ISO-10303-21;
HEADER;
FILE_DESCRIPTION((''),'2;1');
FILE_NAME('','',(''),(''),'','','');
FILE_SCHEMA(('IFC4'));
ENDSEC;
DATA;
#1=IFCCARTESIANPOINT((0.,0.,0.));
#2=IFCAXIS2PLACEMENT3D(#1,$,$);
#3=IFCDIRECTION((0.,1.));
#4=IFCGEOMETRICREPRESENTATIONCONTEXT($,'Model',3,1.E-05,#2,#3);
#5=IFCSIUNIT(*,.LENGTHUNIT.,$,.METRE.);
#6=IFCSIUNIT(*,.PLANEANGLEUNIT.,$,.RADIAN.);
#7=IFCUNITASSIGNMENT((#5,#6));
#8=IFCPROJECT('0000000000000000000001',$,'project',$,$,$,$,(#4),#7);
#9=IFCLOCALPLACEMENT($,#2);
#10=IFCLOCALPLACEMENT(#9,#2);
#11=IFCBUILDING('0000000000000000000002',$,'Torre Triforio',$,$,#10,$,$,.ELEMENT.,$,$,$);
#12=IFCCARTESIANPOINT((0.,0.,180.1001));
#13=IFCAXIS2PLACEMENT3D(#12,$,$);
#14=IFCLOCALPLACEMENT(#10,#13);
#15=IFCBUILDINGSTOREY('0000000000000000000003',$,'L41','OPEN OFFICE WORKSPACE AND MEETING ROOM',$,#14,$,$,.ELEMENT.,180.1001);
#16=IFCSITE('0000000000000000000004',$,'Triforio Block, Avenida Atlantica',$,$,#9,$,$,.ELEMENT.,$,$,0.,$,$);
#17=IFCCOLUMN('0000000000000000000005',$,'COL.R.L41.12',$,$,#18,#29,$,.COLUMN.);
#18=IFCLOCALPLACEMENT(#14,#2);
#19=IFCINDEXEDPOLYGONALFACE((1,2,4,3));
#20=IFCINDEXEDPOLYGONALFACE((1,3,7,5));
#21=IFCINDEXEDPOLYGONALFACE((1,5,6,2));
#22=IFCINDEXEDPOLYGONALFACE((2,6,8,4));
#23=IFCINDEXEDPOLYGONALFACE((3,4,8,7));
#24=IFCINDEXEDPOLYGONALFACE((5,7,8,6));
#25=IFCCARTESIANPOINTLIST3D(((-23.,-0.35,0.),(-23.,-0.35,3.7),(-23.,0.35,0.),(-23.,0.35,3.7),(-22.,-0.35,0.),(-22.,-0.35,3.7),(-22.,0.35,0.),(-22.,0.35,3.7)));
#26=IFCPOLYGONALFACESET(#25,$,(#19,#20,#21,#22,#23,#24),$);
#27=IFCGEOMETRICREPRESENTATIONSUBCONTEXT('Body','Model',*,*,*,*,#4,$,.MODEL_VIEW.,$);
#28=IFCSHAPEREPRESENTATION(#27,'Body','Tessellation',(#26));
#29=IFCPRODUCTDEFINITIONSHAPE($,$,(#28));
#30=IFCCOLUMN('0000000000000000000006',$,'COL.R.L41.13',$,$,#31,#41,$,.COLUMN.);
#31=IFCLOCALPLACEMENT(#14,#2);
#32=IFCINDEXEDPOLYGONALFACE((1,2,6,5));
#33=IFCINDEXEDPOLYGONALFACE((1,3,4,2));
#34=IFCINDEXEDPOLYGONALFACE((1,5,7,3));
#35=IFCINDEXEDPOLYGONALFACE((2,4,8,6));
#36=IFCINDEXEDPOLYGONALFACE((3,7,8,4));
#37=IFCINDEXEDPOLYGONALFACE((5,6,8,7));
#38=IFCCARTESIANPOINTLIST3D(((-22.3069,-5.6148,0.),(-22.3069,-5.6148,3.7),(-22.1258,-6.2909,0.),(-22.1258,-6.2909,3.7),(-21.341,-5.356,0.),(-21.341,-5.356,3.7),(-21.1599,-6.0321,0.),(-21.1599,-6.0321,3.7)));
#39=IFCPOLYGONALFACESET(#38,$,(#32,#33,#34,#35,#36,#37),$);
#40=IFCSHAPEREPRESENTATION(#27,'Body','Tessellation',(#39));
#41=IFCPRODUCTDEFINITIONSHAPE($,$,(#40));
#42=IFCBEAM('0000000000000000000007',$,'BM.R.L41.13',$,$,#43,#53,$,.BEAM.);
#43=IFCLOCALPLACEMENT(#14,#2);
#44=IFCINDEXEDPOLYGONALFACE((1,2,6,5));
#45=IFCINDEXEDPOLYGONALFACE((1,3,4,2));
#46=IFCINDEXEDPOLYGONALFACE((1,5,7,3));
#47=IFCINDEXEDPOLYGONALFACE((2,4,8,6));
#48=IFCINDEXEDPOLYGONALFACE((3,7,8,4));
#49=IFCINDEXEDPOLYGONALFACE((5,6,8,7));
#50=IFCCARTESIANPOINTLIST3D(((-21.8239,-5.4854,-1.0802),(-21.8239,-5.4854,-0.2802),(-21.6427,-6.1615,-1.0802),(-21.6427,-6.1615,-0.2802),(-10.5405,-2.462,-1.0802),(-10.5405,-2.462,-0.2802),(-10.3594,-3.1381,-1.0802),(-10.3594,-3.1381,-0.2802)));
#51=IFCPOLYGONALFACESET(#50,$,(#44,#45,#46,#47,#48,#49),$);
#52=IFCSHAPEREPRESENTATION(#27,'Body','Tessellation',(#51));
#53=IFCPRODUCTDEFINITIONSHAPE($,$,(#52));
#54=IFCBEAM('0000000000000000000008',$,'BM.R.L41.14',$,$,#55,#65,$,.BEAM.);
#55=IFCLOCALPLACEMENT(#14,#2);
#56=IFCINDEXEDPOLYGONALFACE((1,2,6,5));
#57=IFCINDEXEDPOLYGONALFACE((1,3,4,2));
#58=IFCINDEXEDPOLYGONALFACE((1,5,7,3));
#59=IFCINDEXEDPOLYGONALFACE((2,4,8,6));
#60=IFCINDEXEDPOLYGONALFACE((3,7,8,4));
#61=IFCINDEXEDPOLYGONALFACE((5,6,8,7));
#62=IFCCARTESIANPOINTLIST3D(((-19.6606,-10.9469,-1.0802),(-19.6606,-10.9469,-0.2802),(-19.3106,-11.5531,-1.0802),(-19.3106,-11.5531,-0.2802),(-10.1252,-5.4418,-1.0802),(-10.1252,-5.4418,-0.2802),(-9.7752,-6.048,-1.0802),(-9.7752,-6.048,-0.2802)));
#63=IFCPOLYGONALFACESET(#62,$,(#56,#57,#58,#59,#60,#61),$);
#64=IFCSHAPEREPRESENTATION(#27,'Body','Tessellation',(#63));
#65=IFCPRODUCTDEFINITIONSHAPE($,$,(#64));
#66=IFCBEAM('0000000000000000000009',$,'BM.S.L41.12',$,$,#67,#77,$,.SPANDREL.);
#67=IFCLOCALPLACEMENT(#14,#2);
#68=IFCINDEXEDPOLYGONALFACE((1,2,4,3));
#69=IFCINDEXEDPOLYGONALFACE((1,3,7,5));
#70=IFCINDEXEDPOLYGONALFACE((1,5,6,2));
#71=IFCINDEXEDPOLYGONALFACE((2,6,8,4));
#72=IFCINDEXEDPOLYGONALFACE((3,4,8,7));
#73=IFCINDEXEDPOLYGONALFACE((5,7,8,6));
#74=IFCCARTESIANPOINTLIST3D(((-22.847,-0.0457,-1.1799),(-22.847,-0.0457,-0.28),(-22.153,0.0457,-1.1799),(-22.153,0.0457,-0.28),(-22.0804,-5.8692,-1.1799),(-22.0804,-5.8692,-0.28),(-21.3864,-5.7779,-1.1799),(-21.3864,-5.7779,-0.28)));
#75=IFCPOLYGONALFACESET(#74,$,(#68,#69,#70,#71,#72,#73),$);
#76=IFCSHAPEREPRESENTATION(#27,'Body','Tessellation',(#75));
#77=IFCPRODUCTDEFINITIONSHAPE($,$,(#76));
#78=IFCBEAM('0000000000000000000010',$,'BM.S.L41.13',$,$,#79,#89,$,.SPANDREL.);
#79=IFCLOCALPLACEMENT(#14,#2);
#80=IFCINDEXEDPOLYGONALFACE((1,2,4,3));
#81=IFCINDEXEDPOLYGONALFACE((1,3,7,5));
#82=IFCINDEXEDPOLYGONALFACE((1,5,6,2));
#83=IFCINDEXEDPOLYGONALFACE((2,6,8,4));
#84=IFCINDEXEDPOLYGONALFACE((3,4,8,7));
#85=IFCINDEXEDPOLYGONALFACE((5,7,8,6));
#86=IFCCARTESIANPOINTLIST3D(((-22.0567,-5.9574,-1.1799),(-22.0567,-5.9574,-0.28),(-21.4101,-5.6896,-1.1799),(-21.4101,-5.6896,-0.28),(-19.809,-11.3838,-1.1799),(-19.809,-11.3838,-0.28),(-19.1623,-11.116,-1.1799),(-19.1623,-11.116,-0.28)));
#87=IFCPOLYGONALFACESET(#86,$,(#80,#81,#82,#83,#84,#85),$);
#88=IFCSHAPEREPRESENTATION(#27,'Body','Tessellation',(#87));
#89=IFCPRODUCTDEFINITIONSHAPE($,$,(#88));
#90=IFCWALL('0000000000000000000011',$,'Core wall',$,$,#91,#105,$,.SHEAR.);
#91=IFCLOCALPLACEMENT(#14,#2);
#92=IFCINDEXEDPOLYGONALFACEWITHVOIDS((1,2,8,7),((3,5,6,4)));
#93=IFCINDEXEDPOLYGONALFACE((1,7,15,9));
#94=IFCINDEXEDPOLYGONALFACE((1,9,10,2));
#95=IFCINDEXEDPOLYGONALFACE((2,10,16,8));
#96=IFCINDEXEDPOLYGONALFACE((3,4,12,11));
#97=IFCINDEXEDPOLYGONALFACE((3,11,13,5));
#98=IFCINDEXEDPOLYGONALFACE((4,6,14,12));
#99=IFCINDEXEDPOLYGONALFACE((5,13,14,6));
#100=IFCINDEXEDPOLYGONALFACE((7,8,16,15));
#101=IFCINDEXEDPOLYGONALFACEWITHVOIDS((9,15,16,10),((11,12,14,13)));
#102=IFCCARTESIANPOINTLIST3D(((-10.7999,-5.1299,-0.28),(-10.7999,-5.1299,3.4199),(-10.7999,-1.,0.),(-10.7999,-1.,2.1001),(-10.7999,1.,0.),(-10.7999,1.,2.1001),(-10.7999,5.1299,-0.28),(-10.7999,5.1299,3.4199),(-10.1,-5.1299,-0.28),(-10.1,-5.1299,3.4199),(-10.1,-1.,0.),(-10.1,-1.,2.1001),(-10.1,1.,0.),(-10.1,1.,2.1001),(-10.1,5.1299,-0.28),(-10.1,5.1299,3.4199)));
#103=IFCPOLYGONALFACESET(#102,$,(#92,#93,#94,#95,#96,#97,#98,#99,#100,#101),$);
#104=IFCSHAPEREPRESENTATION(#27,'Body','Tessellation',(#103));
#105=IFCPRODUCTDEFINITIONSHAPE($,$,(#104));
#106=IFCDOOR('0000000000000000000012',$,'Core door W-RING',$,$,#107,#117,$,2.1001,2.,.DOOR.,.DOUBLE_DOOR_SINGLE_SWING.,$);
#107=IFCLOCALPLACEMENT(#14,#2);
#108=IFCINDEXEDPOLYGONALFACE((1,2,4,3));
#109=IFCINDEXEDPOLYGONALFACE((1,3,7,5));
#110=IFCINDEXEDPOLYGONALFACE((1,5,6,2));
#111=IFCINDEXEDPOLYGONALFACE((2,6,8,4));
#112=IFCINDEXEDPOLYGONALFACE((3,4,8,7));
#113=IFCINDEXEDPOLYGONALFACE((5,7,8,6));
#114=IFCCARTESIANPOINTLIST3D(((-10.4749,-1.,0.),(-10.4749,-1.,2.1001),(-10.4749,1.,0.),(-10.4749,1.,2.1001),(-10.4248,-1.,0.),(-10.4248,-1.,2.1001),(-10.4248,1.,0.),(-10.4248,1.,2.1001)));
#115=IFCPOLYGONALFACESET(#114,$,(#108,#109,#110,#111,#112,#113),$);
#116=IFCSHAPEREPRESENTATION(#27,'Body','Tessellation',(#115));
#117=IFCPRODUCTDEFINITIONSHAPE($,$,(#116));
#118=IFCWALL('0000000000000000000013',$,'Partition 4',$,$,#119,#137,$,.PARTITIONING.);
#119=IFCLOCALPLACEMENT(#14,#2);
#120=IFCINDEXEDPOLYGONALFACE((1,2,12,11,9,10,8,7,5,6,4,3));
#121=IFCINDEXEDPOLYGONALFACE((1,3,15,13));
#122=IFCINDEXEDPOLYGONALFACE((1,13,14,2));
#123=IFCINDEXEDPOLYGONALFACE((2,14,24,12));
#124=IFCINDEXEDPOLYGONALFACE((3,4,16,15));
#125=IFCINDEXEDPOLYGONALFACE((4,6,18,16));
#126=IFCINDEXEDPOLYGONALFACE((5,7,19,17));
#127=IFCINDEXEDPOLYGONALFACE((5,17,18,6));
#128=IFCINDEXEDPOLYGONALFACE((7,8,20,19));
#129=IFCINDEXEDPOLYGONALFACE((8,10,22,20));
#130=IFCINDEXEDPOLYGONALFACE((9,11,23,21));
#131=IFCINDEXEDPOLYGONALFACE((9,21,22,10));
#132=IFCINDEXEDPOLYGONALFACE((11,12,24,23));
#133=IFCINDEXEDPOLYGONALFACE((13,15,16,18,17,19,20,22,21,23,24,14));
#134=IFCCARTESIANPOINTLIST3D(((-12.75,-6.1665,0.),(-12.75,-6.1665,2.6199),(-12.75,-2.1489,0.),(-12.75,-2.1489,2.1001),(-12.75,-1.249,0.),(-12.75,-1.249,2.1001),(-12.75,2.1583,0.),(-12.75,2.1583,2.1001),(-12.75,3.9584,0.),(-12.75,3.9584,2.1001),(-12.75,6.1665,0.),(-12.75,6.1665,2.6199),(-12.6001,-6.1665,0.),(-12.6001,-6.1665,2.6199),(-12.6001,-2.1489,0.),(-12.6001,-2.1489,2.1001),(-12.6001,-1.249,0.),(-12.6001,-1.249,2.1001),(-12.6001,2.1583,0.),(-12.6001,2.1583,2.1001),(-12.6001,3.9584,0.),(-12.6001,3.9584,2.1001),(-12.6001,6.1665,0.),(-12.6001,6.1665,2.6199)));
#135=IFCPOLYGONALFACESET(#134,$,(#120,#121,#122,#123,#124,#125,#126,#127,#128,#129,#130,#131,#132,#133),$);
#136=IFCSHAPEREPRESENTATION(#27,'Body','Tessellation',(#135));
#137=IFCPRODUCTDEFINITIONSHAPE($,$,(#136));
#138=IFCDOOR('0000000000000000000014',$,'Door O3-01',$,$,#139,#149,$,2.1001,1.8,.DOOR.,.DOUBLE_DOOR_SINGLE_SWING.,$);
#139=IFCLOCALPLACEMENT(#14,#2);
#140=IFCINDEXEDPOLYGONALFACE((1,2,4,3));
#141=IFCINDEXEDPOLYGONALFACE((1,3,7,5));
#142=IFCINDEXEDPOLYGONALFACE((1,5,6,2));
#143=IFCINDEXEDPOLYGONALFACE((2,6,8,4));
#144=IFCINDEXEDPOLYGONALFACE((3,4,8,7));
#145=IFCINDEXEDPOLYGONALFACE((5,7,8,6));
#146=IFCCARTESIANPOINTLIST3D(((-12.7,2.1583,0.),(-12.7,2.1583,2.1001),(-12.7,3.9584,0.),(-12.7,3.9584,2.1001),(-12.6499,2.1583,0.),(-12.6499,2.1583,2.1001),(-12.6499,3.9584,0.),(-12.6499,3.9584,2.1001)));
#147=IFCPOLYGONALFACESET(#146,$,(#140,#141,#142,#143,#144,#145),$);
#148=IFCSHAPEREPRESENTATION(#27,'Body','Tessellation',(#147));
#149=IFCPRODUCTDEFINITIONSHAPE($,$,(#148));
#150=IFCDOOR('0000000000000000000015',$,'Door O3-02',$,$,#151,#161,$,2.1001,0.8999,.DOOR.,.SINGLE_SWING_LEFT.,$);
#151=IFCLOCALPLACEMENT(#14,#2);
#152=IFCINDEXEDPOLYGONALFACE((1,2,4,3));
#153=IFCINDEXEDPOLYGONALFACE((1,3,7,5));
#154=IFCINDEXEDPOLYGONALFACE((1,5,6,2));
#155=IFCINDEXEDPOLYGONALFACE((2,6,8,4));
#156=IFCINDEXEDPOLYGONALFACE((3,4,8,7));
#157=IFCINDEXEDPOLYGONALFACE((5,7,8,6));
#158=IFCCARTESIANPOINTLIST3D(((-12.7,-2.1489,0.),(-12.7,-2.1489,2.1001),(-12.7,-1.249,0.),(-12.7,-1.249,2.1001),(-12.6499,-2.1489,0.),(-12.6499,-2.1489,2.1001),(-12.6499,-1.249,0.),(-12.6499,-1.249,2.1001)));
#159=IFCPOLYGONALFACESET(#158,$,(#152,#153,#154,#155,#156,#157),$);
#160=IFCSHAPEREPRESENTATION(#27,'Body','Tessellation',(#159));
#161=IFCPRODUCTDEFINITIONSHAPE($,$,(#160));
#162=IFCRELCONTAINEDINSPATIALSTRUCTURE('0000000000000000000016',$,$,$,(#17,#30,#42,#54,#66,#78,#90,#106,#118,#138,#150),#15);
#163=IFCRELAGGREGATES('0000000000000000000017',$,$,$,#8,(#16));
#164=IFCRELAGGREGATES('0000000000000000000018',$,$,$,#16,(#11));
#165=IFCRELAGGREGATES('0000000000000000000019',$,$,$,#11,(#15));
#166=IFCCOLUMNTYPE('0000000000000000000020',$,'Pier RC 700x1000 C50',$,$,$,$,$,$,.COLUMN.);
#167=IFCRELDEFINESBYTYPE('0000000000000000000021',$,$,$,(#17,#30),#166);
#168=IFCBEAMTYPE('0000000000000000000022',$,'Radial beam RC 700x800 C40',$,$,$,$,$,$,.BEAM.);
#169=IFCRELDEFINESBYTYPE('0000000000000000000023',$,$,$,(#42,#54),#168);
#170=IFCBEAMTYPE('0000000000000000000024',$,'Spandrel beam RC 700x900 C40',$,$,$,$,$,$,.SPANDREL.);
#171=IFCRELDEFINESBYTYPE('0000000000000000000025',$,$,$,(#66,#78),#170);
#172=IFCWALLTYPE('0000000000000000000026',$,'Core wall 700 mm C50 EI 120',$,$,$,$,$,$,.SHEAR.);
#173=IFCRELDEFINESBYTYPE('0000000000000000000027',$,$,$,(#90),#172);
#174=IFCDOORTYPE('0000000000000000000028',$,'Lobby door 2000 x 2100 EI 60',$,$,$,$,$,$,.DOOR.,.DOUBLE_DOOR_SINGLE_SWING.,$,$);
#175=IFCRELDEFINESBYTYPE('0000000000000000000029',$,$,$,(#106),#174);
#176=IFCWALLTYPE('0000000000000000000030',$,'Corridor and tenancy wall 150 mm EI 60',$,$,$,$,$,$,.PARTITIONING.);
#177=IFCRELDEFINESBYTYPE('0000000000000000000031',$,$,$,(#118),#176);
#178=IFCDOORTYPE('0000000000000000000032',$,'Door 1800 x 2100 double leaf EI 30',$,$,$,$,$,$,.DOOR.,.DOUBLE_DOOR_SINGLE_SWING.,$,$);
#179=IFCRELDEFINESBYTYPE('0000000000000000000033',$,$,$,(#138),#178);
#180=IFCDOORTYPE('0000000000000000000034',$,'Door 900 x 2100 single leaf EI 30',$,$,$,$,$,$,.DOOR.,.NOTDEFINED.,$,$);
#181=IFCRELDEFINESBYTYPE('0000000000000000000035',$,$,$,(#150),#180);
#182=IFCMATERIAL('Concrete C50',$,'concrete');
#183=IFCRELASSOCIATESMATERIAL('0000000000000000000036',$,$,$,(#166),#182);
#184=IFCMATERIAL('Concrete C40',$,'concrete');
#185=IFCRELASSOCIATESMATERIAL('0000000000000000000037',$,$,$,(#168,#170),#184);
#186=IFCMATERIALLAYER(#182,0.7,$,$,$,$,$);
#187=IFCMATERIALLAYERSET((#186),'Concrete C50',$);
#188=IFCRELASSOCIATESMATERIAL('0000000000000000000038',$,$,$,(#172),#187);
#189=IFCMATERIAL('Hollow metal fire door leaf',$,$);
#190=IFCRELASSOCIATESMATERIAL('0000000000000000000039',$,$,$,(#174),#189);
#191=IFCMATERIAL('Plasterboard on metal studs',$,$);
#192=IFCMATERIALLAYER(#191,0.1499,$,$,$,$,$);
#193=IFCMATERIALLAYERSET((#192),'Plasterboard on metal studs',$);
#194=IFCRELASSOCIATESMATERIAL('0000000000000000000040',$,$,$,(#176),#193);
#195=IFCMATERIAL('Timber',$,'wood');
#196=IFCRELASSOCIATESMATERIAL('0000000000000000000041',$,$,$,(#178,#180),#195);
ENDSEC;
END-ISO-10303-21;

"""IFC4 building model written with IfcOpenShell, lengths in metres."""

from ifc_helpers import new_model, si_unit, direction, frame, frame_2d, origin, origin_2d, place, context, subcontext, project, spatial, rectangle, extrude, material, layer, layer_set, material_profile, profile_set, type_object, element, fill, save


model = new_model("IFC4")

# Units and contexts
model_context = context("Model", 3, precision=1e-05, world=origin(), true_north=direction((0.0, 1.0)))
body_context = subcontext(model_context, "Body", "Model", "MODEL_VIEW")
ifc_project = project(units=[si_unit("LENGTHUNIT", "METRE"), si_unit("PLANEANGLEUNIT", "RADIAN")], contexts=[model_context])

# Site, building, storey
site_placement = place(None, origin())
site = spatial("IfcSite", under=ifc_project, at=site_placement, Name="Triforio Block, Avenida Atlantica", CompositionType="ELEMENT", RefElevation=0.0)
building_placement = place(site_placement, origin())
building = spatial("IfcBuilding", under=site, at=building_placement, Name="Torre Triforio", CompositionType="ELEMENT")
storey_placement = place(building_placement, frame((0.0, 0.0, 180.1001)))
storey = spatial("IfcBuildingStorey", under=building, at=storey_placement, Name="L41", Description="OPEN OFFICE WORKSPACE AND MEETING ROOM", CompositionType="ELEMENT", Elevation=180.1001)

# Columns
ifc_material_1 = material(Name="Concrete C50", Category="concrete")
ifc_material_profile_1 = material_profile(ifc_material_1, rectangle(XDim=0.7, YDim=1.0, at=origin_2d()), Name="RC 700x1000")
ifc_profile_set_1 = profile_set([ifc_material_profile_1], Name="Concrete C50")
column_type = type_object("IfcColumnType", Name="Pier RC 700x1000 C50", PredefinedType="COLUMN", material=ifc_profile_set_1)
for number, where, z_axis, x_axis, name in (
    (1, (-22.5, 0.0, 0.0), (0.0, 0.0, 1.0), (0.0, -1.0, 0.0), "COL.R.L41.12"),
    (2, (-21.7334, -5.8235, 0.0), (0.0, 0.0, 1.0), (0.258819, -0.965926, 0.0), "COL.R.L41.13"),
):
    element("IfcColumn", number, at=place(storey_placement, frame(where, z_axis=z_axis, x_axis=x_axis)), inside=storey, type_object=column_type, Name=name, PredefinedType="COLUMN", context=body_context, shape_type="SweptSolid", body=[
        extrude(rectangle(XDim=0.7, YDim=1.0, at=origin_2d()), origin(), (0.0, 0.0, 1.0), 3.7),
    ])

# Beams
ifc_material_2 = material(Name="Concrete C40", Category="concrete")
ifc_material_profile_2 = material_profile(ifc_material_2, rectangle(XDim=0.7, YDim=0.8, at=origin_2d()), Name="RC 700x800")
ifc_profile_set_2 = profile_set([ifc_material_profile_2], Name="Concrete C40")
beam_type_1 = type_object("IfcBeamType", Name="Radial beam RC 700x800 C40", PredefinedType="BEAM", material=ifc_profile_set_2)
beam_1_placement = place(storey_placement, frame((-10.45, -2.8, -0.6802), z_axis=(-0.965925, -0.258823, 0.0), x_axis=(0.258823, -0.965925, 0.0)))
element("IfcBeam", 3, at=beam_1_placement, inside=storey, type_object=beam_type_1, Name="BM.R.L41.13", PredefinedType="BEAM", context=body_context, shape_type="SweptSolid", body=[
    extrude(rectangle(XDim=0.7, YDim=0.8, at=origin_2d()), origin(), (0.0, 0.0, 1.0), 11.6814),
])
beam_2_placement = place(storey_placement, frame((-9.9502, -5.7449, -0.6802), z_axis=(-0.866031, -0.499991, 0.0), x_axis=(0.499991, -0.866031, 0.0)))
element("IfcBeam", 4, at=beam_2_placement, inside=storey, type_object=beam_type_1, Name="BM.R.L41.14", PredefinedType="BEAM", context=body_context, shape_type="SweptSolid", body=[
    extrude(rectangle(XDim=0.7, YDim=0.8, at=origin_2d()), origin(), (0.0, 0.0, 1.0), 11.0105),
])
ifc_material_profile_3 = material_profile(ifc_material_2, rectangle(XDim=0.7, YDim=0.8999, at=origin_2d()), Name="RC 700x900")
ifc_profile_set_3 = profile_set([ifc_material_profile_3], Name="Concrete C40")
beam_type_2 = type_object("IfcBeamType", Name="Spandrel beam RC 700x900 C40", PredefinedType="SPANDREL", material=ifc_profile_set_3)
beam_3_placement = place(storey_placement, frame((-22.5, 0.0, -0.73), z_axis=(0.130514, -0.991447, 0.0), x_axis=(0.991447, 0.130514, 0.0)))
element("IfcBeam", 5, at=beam_3_placement, inside=storey, type_object=beam_type_2, Name="BM.S.L41.12", PredefinedType="SPANDREL", context=body_context, shape_type="SweptSolid", body=[
    extrude(rectangle(XDim=0.7, YDim=0.8999, at=origin_2d()), origin(), (0.0, 0.0, 1.0), 5.8738),
])
beam_4_placement = place(storey_placement, frame((-21.7334, -5.8235, -0.73), z_axis=(0.382693, -0.923875, 0.0), x_axis=(0.923875, 0.382693, 0.0)))
element("IfcBeam", 6, at=beam_4_placement, inside=storey, type_object=beam_type_2, Name="BM.S.L41.13", PredefinedType="SPANDREL", context=body_context, shape_type="SweptSolid", body=[
    extrude(rectangle(XDim=0.7, YDim=0.8999, at=origin_2d()), origin(), (0.0, 0.0, 1.0), 5.8735),
])

# Wall, opening, door
ifc_layer_1 = layer(ifc_material_1, 0.7)
ifc_layer_set_1 = layer_set([ifc_layer_1], Name="Concrete C50")
wall_type_1 = type_object("IfcWallType", Name="Core wall 700 mm C50 EI 120", PredefinedType="SHEAR", material=ifc_layer_set_1)
wall_1_placement = place(storey_placement, frame((-10.45, -5.1299, -0.28), z_axis=(0.0, 0.0, 1.0), x_axis=(0.0, 1.0, 0.0)))
wall_1 = element("IfcWall", 7, at=wall_1_placement, inside=storey, type_object=wall_type_1, Name="Core wall", PredefinedType="SHEAR", context=body_context, shape_type="SweptSolid", body=[
    extrude(rectangle(XDim=10.2598, YDim=0.7, at=frame_2d((5.1299, 0.0))), origin(), (0.0, 0.0, 1.0), 3.7),
])
opening_1_placement = place(wall_1_placement, frame((4.1299, 0.0, 0.28)))
opening_1 = element("IfcOpeningElement", 8, at=opening_1_placement, cuts=wall_1, PredefinedType="OPENING", context=body_context, shape_type="SweptSolid", body=[
    extrude(rectangle(XDim=2.0, YDim=2.1001, at=frame_2d((1.0, 1.05))), frame((0.0, 0.3599, 0.0), z_axis=(0.0, -1.0, 0.0), x_axis=(1.0, 0.0, 0.0)), (0.0, 0.0, 1.0), 0.72),
])
ifc_material_3 = material(Name="Hollow metal fire door leaf")
door_type_1 = type_object("IfcDoorType", Name="Lobby door 2000 x 2100 EI 60", OperationType="DOUBLE_DOOR_SINGLE_SWING", PredefinedType="DOOR", material=ifc_material_3)
door_1_placement = place(opening_1_placement, origin())
door_1 = element("IfcDoor", 9, at=door_1_placement, inside=storey, type_object=door_type_1, Name="Core door W-RING", OperationType="DOUBLE_DOOR_SINGLE_SWING", OverallHeight=2.1001, OverallWidth=2.0, PredefinedType="DOOR", context=body_context, shape_type="SweptSolid", body=[
    extrude(rectangle(XDim=2.0, YDim=2.1001, at=frame_2d((1.0, 1.05))), frame((0.0, 0.0249, 0.0), z_axis=(0.0, -1.0, 0.0), x_axis=(1.0, 0.0, 0.0)), (0.0, 0.0, 1.0), 0.05),
])
fill(opening_1, door_1)

# Wall, openings, doors
ifc_material_4 = material(Name="Plasterboard on metal studs")
ifc_layer_2 = layer(ifc_material_4, 0.1499)
ifc_layer_set_2 = layer_set([ifc_layer_2], Name="Plasterboard on metal studs")
wall_type_2 = type_object("IfcWallType", Name="Corridor and tenancy wall 150 mm EI 60", PredefinedType="PARTITIONING", material=ifc_layer_set_2)
wall_2_placement = place(storey_placement, frame((-12.675, -6.1665, 0.0), z_axis=(0.0, 0.0, 1.0), x_axis=(0.0, 1.0, 0.0)))
wall_2 = element("IfcWall", 10, at=wall_2_placement, inside=storey, type_object=wall_type_2, Name="Partition 4", PredefinedType="PARTITIONING", context=body_context, shape_type="SweptSolid", body=[
    extrude(rectangle(XDim=12.333, YDim=0.1499, at=frame_2d((6.1665, 0.0))), origin(), (0.0, 0.0, 1.0), 2.6199),
])
opening_2_placement = place(wall_2_placement, frame((8.325, 0.0, 0.0)))
opening_2 = element("IfcOpeningElement", 11, at=opening_2_placement, cuts=wall_2, PredefinedType="OPENING", context=body_context, shape_type="SweptSolid", body=[
    extrude(rectangle(XDim=1.8, YDim=2.1001, at=frame_2d((0.8999, 1.05))), frame((0.0, 0.085, 0.0), z_axis=(0.0, -1.0, 0.0), x_axis=(1.0, 0.0, 0.0)), (0.0, 0.0, 1.0), 0.1699),
])
opening_3_placement = place(wall_2_placement, frame((4.0176, 0.0, 0.0)))
opening_3 = element("IfcOpeningElement", 12, at=opening_3_placement, cuts=wall_2, PredefinedType="OPENING", context=body_context, shape_type="SweptSolid", body=[
    extrude(rectangle(XDim=0.8999, YDim=2.1001, at=frame_2d((0.45, 1.05))), frame((0.0, 0.085, 0.0), z_axis=(0.0, -1.0, 0.0), x_axis=(1.0, 0.0, 0.0)), (0.0, 0.0, 1.0), 0.1699),
])
ifc_material_5 = material(Name="Timber", Category="wood")
door_type_2 = type_object("IfcDoorType", Name="Door 1800 x 2100 double leaf EI 30", OperationType="DOUBLE_DOOR_SINGLE_SWING", PredefinedType="DOOR", material=ifc_material_5)
door_2_placement = place(opening_2_placement, origin())
door_2 = element("IfcDoor", 13, at=door_2_placement, inside=storey, type_object=door_type_2, Name="Door O3-01", OperationType="DOUBLE_DOOR_SINGLE_SWING", OverallHeight=2.1001, OverallWidth=1.8, PredefinedType="DOOR", context=body_context, shape_type="SweptSolid", body=[
    extrude(rectangle(XDim=1.8, YDim=2.1001, at=frame_2d((0.8999, 1.05))), frame((0.0, 0.0249, 0.0), z_axis=(0.0, -1.0, 0.0), x_axis=(1.0, 0.0, 0.0)), (0.0, 0.0, 1.0), 0.05),
])
fill(opening_2, door_2)
door_type_3 = type_object("IfcDoorType", Name="Door 900 x 2100 single leaf EI 30", OperationType="NOTDEFINED", PredefinedType="DOOR", material=ifc_material_5)
door_3_placement = place(opening_3_placement, origin())
door_3 = element("IfcDoor", 14, at=door_3_placement, inside=storey, type_object=door_type_3, Name="Door O3-02", OperationType="SINGLE_SWING_LEFT", OverallHeight=2.1001, OverallWidth=0.8999, PredefinedType="DOOR", context=body_context, shape_type="SweptSolid", body=[
    extrude(rectangle(XDim=0.8999, YDim=2.1001, at=frame_2d((0.45, 1.05))), frame((0.0, 0.0249, 0.0), z_axis=(0.0, -1.0, 0.0), x_axis=(1.0, 0.0, 0.0)), (0.0, 0.0, 1.0), 0.05),
])
fill(opening_3, door_3)

save(model, "model.ifc")
